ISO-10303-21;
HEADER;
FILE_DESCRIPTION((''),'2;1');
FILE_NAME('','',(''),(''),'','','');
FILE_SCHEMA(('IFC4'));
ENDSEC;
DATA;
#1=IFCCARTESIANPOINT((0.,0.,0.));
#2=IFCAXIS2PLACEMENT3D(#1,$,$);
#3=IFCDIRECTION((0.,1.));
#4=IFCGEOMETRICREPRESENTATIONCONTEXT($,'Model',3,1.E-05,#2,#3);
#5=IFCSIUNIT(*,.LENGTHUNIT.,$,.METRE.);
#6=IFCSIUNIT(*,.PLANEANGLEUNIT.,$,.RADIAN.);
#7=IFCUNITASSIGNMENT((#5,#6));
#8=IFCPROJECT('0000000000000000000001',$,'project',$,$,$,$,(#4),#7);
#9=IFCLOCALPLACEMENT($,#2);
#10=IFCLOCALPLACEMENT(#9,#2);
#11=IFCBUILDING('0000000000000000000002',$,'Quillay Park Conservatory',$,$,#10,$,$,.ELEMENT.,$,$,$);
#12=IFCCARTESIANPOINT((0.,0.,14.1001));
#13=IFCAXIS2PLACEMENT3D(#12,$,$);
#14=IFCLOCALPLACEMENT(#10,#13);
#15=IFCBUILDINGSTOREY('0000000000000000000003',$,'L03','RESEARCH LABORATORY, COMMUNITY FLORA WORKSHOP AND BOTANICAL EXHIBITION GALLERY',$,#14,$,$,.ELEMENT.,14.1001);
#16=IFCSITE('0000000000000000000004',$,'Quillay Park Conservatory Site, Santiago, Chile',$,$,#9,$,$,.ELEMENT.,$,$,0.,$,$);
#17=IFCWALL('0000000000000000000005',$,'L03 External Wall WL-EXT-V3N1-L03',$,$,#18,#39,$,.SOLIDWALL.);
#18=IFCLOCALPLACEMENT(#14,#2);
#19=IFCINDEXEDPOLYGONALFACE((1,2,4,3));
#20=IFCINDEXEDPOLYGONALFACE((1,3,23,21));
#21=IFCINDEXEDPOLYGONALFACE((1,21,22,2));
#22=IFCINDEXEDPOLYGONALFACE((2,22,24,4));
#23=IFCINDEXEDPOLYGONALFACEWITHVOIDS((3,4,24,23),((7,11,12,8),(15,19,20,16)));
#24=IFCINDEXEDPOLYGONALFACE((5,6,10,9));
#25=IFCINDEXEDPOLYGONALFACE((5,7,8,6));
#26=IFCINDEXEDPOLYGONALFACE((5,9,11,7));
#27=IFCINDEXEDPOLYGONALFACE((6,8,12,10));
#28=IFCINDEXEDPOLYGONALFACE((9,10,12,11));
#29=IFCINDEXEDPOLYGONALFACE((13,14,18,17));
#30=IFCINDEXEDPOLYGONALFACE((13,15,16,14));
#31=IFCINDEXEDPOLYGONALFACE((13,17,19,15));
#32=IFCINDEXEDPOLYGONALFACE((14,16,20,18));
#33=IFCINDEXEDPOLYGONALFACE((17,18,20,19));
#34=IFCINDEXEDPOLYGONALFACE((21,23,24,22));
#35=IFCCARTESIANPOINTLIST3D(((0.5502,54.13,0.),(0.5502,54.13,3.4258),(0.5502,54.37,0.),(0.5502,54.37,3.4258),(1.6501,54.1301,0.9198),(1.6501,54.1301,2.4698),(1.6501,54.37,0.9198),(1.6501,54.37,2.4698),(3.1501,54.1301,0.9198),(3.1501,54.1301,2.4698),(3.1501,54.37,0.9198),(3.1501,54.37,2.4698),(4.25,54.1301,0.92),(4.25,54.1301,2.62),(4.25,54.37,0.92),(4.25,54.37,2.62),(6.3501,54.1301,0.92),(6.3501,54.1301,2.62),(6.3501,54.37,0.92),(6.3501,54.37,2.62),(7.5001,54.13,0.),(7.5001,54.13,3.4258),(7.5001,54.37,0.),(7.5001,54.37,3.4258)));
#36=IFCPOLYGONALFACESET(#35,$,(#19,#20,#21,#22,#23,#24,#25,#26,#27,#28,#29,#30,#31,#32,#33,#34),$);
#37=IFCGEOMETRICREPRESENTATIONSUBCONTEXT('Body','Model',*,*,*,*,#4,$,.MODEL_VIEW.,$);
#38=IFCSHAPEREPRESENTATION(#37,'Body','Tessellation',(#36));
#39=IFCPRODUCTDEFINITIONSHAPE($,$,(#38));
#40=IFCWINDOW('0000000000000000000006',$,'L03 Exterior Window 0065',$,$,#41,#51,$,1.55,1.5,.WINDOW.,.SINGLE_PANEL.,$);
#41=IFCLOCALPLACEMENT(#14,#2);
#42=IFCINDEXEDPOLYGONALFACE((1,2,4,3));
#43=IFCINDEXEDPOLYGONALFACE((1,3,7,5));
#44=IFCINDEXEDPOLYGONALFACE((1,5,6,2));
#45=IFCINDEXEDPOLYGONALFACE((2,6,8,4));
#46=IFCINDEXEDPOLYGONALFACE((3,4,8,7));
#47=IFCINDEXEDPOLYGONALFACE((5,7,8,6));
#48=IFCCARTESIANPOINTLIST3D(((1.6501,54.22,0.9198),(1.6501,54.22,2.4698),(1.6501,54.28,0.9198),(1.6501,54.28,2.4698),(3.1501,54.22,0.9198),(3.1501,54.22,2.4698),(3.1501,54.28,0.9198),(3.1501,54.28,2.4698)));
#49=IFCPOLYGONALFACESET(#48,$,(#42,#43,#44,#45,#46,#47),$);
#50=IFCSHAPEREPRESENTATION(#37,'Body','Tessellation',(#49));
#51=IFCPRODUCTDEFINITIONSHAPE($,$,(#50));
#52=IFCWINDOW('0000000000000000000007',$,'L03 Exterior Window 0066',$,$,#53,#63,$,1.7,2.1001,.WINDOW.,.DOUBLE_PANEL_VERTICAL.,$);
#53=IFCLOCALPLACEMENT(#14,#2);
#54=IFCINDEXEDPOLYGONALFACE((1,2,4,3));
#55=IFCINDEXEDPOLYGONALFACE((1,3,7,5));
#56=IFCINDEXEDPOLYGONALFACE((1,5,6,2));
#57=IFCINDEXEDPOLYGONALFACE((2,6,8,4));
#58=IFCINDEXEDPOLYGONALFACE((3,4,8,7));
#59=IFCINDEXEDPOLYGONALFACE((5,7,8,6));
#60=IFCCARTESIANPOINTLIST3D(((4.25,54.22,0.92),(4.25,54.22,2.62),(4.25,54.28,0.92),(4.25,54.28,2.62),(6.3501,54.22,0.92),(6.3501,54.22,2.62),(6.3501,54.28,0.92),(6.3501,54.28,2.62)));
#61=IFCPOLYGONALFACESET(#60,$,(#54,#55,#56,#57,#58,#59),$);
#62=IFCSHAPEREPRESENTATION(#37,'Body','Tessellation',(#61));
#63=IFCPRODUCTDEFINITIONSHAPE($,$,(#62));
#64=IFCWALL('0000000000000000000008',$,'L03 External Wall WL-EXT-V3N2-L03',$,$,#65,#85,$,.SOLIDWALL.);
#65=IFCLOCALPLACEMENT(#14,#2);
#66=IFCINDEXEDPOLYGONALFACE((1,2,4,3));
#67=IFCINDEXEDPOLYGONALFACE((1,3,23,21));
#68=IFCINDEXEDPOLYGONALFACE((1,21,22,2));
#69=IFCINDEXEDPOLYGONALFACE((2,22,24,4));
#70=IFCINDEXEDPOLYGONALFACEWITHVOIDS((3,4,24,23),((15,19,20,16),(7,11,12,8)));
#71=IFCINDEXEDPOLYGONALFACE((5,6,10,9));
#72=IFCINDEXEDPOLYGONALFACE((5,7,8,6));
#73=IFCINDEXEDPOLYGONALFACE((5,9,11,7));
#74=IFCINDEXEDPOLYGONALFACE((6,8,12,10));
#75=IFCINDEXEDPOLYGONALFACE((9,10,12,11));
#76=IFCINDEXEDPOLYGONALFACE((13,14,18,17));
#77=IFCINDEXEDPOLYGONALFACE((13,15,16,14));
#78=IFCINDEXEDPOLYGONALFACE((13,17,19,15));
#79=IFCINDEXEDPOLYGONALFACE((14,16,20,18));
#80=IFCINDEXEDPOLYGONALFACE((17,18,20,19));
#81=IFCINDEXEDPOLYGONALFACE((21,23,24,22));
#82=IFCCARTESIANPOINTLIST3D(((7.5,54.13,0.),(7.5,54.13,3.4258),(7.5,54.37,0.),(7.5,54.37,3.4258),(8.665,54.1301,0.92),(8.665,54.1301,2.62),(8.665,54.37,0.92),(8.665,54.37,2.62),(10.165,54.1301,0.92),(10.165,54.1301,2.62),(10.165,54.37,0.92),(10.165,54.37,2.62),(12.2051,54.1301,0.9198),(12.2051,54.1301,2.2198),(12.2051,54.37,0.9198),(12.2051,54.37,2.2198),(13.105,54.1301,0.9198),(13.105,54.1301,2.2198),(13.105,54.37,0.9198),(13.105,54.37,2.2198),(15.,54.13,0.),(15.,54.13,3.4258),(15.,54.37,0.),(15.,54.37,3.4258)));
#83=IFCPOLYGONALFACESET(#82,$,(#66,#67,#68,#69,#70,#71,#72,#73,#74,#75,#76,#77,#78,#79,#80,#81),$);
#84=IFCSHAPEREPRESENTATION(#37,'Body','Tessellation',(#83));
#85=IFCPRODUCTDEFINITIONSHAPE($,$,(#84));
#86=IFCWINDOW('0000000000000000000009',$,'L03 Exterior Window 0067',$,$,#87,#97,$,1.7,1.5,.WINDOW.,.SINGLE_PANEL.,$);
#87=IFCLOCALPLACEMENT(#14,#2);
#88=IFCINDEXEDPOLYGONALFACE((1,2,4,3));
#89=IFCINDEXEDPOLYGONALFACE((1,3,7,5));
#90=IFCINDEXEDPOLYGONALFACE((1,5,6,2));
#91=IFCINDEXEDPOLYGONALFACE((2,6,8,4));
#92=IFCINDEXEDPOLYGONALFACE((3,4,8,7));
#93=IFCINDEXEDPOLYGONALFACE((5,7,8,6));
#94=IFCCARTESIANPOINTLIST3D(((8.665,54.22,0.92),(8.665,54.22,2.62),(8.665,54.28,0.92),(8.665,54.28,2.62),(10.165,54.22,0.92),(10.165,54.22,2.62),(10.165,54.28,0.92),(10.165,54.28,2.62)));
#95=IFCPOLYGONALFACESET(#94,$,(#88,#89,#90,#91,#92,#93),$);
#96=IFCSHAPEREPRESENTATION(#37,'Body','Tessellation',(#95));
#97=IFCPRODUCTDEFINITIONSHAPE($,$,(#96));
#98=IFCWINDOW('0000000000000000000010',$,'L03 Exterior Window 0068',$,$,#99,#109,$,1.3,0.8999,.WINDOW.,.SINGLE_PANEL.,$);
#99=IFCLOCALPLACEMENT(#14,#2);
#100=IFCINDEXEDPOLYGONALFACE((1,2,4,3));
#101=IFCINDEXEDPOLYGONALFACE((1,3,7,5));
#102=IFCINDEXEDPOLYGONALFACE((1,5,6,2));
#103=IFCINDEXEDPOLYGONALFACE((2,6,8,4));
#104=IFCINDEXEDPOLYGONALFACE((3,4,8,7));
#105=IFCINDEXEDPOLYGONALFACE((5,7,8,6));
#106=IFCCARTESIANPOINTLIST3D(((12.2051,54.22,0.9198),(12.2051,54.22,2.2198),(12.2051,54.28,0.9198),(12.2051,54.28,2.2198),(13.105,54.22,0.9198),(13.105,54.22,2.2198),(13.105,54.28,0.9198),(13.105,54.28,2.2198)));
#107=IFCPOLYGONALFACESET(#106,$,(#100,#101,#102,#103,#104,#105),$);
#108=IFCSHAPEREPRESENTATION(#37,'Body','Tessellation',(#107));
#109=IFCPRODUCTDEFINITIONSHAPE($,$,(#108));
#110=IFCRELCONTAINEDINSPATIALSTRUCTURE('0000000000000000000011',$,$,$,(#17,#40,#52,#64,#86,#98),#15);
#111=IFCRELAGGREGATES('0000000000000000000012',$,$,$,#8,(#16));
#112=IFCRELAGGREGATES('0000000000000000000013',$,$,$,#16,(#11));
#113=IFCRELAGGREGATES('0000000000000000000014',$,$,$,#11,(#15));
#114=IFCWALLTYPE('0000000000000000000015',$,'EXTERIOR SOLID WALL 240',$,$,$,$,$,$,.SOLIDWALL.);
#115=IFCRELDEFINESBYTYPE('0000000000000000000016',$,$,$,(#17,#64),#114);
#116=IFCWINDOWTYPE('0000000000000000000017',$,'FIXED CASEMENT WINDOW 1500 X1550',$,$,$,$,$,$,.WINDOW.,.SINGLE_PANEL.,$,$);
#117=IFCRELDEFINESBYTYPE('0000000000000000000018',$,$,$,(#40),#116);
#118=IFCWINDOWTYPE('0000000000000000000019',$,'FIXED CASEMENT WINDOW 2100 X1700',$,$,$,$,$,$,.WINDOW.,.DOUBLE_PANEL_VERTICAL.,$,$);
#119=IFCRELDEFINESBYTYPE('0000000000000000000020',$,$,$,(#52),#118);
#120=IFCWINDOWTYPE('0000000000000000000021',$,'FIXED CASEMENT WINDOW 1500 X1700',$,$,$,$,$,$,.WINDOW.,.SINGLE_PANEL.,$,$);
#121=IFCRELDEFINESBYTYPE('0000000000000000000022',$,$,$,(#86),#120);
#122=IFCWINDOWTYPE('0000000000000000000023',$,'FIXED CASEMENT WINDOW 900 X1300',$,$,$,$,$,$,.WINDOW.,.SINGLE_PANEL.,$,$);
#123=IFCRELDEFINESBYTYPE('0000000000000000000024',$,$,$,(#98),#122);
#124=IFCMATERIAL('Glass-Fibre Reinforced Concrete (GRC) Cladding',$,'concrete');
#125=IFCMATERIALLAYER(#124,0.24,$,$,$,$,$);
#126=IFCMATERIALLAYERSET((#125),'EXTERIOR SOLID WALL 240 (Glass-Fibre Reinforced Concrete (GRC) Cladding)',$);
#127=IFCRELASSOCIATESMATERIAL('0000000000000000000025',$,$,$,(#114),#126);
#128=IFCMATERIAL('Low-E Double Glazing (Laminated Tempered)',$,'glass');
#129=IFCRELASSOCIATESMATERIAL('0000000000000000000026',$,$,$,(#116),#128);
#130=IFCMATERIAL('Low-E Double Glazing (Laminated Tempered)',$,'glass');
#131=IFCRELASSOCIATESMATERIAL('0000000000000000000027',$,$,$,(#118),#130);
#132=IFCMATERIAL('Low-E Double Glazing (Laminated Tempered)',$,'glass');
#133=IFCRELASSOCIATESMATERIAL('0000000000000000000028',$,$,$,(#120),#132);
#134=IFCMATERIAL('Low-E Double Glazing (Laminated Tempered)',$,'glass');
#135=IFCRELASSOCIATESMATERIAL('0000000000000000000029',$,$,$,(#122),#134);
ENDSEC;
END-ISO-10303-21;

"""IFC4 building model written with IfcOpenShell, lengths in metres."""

from ifc_helpers import new_model, si_unit, direction, frame, frame_2d, origin, place, context, subcontext, project, spatial, rectangle, extrude, material, layer, layer_set, type_object, element, fill, save


model = new_model("IFC4")

# Units and contexts
model_context = context("Model", 3, precision=1e-05, world=origin(), true_north=direction((0.0, 1.0)))
body_context = subcontext(model_context, "Body", "Model", "MODEL_VIEW")
ifc_project = project(units=[si_unit("LENGTHUNIT", "METRE"), si_unit("PLANEANGLEUNIT", "RADIAN")], contexts=[model_context])

# Site, building, storey
site_placement = place(None, origin())
site = spatial("IfcSite", under=ifc_project, at=site_placement, Name="Quillay Park Conservatory Site, Santiago, Chile", CompositionType="ELEMENT", RefElevation=0.0)
building_placement = place(site_placement, origin())
building = spatial("IfcBuilding", under=site, at=building_placement, Name="Quillay Park Conservatory", CompositionType="ELEMENT")
storey_placement = place(building_placement, frame((0.0, 0.0, 14.1001)))
storey = spatial("IfcBuildingStorey", under=building, at=storey_placement, Name="L03", Description="RESEARCH LABORATORY, COMMUNITY FLORA WORKSHOP AND BOTANICAL EXHIBITION GALLERY", CompositionType="ELEMENT", Elevation=14.1001)

# Walls, openings, windows
ifc_material_1 = material(Name="Glass-Fibre Reinforced Concrete (GRC) Cladding", Category="concrete")
ifc_layer = layer(ifc_material_1, 0.24)
ifc_layer_set = layer_set([ifc_layer], Name="EXTERIOR SOLID WALL 240 (Glass-Fibre Reinforced Concrete (GRC) Cladding)")
wall_type = type_object("IfcWallType", Name="EXTERIOR SOLID WALL 240", PredefinedType="SOLIDWALL", material=ifc_layer_set)
ifc_material_2 = material(Name="Low-E Double Glazing (Laminated Tempered)", Category="glass")
window_type_1 = type_object("IfcWindowType", Name="FIXED CASEMENT WINDOW 1500 X1550", PartitioningType="SINGLE_PANEL", PredefinedType="WINDOW", material=ifc_material_2)
wall_1_placement = place(storey_placement, frame((0.55, 54.25, 0.0), z_axis=(0.0, 0.0, 1.0), x_axis=(1.0, 0.0, 0.0)))
wall_1 = element("IfcWall", 1, at=wall_1_placement, inside=storey, type_object=wall_type, Name="L03 External Wall WL-EXT-V3N1-L03", PredefinedType="SOLIDWALL", context=body_context, shape_type="SweptSolid", body=[
    extrude(rectangle(XDim=6.95, YDim=0.24, at=frame_2d((3.4751, 0.0))), origin(), (0.0, 0.0, 1.0), 3.4258),
])
opening_1_placement = place(wall_1_placement, frame((1.1001, 0.0, 0.9199)))
opening_1 = element("IfcOpeningElement", 2, at=opening_1_placement, cuts=wall_1, PredefinedType="OPENING", context=body_context, shape_type="SweptSolid", body=[
    extrude(rectangle(XDim=1.5, YDim=1.55, at=frame_2d((0.75, 0.7749))), frame((0.0, 0.1201, 0.0), z_axis=(0.0, -1.0, 0.0), x_axis=(1.0, 0.0, 0.0)), (0.0, 0.0, 1.0), 0.24),
])
opening_2_placement = place(wall_1_placement, frame((3.7, 0.0, 0.9199)))
opening_2 = element("IfcOpeningElement", 3, at=opening_2_placement, cuts=wall_1, PredefinedType="OPENING", context=body_context, shape_type="SweptSolid", body=[
    extrude(rectangle(XDim=2.1001, YDim=1.7, at=frame_2d((1.05, 0.8501))), frame((0.0, 0.1201, 0.0), z_axis=(0.0, -1.0, 0.0), x_axis=(1.0, 0.0, 0.0)), (0.0, 0.0, 1.0), 0.24),
])
window_1_placement = place(opening_1_placement, origin())
window_1 = element("IfcWindow", 4, at=window_1_placement, inside=storey, type_object=window_type_1, Name="L03 Exterior Window 0065", OverallHeight=1.55, OverallWidth=1.5, PartitioningType="SINGLE_PANEL", PredefinedType="WINDOW", context=body_context, shape_type="SweptSolid", body=[
    extrude(rectangle(XDim=1.5, YDim=1.55, at=frame_2d((0.75, 0.7749))), frame((0.0, 0.03, 0.0), z_axis=(0.0, -1.0, 0.0), x_axis=(1.0, 0.0, 0.0)), (0.0, 0.0, 1.0), 0.0601),
])
fill(opening_1, window_1)
ifc_material_3 = material(Name="Low-E Double Glazing (Laminated Tempered)", Category="glass")
window_type_2 = type_object("IfcWindowType", Name="FIXED CASEMENT WINDOW 2100 X1700", PartitioningType="DOUBLE_PANEL_VERTICAL", PredefinedType="WINDOW", material=ifc_material_3)
window_2_placement = place(opening_2_placement, origin())
window_2 = element("IfcWindow", 5, at=window_2_placement, inside=storey, type_object=window_type_2, Name="L03 Exterior Window 0066", OverallHeight=1.7, OverallWidth=2.1001, PartitioningType="DOUBLE_PANEL_VERTICAL", PredefinedType="WINDOW", context=body_context, shape_type="SweptSolid", body=[
    extrude(rectangle(XDim=2.1001, YDim=1.7, at=frame_2d((1.05, 0.8501))), frame((0.0, 0.03, 0.0), z_axis=(0.0, -1.0, 0.0), x_axis=(1.0, 0.0, 0.0)), (0.0, 0.0, 1.0), 0.0601),
])
fill(opening_2, window_2)
wall_2_placement = place(storey_placement, frame((7.5, 54.25, 0.0), z_axis=(0.0, 0.0, 1.0), x_axis=(1.0, 0.0, 0.0)))
wall_2 = element("IfcWall", 6, at=wall_2_placement, inside=storey, type_object=wall_type, Name="L03 External Wall WL-EXT-V3N2-L03", PredefinedType="SOLIDWALL", context=body_context, shape_type="SweptSolid", body=[
    extrude(rectangle(XDim=7.5, YDim=0.24, at=frame_2d((3.75, 0.0))), origin(), (0.0, 0.0, 1.0), 3.4258),
])
opening_3_placement = place(wall_2_placement, frame((1.165, 0.0, 0.9199)))
opening_3 = element("IfcOpeningElement", 7, at=opening_3_placement, cuts=wall_2, PredefinedType="OPENING", context=body_context, shape_type="SweptSolid", body=[
    extrude(rectangle(XDim=1.5, YDim=1.7, at=frame_2d((0.75, 0.8501))), frame((0.0, 0.1201, 0.0), z_axis=(0.0, -1.0, 0.0), x_axis=(1.0, 0.0, 0.0)), (0.0, 0.0, 1.0), 0.24),
])
opening_4_placement = place(wall_2_placement, frame((4.7051, 0.0, 0.9199)))
opening_4 = element("IfcOpeningElement", 8, at=opening_4_placement, cuts=wall_2, PredefinedType="OPENING", context=body_context, shape_type="SweptSolid", body=[
    extrude(rectangle(XDim=0.8999, YDim=1.3, at=frame_2d((0.45, 0.6499))), frame((0.0, 0.1201, 0.0), z_axis=(0.0, -1.0, 0.0), x_axis=(1.0, 0.0, 0.0)), (0.0, 0.0, 1.0), 0.24),
])
ifc_material_4 = material(Name="Low-E Double Glazing (Laminated Tempered)", Category="glass")
window_type_3 = type_object("IfcWindowType", Name="FIXED CASEMENT WINDOW 1500 X1700", PartitioningType="SINGLE_PANEL", PredefinedType="WINDOW", material=ifc_material_4)
window_3_placement = place(opening_3_placement, origin())
window_3 = element("IfcWindow", 9, at=window_3_placement, inside=storey, type_object=window_type_3, Name="L03 Exterior Window 0067", OverallHeight=1.7, OverallWidth=1.5, PartitioningType="SINGLE_PANEL", PredefinedType="WINDOW", context=body_context, shape_type="SweptSolid", body=[
    extrude(rectangle(XDim=1.5, YDim=1.7, at=frame_2d((0.75, 0.8501))), frame((0.0, 0.03, 0.0), z_axis=(0.0, -1.0, 0.0), x_axis=(1.0, 0.0, 0.0)), (0.0, 0.0, 1.0), 0.0601),
])
fill(opening_3, window_3)
ifc_material_5 = material(Name="Low-E Double Glazing (Laminated Tempered)", Category="glass")
window_type_4 = type_object("IfcWindowType", Name="FIXED CASEMENT WINDOW 900 X1300", PartitioningType="SINGLE_PANEL", PredefinedType="WINDOW", material=ifc_material_5)
window_4_placement = place(opening_4_placement, origin())
window_4 = element("IfcWindow", 10, at=window_4_placement, inside=storey, type_object=window_type_4, Name="L03 Exterior Window 0068", OverallHeight=1.3, OverallWidth=0.8999, PartitioningType="SINGLE_PANEL", PredefinedType="WINDOW", context=body_context, shape_type="SweptSolid", body=[
    extrude(rectangle(XDim=0.8999, YDim=1.3, at=frame_2d((0.45, 0.6499))), frame((0.0, 0.03, 0.0), z_axis=(0.0, -1.0, 0.0), x_axis=(1.0, 0.0, 0.0)), (0.0, 0.0, 1.0), 0.0601),
])
fill(opening_4, window_4)

save(model, "model.ifc")
